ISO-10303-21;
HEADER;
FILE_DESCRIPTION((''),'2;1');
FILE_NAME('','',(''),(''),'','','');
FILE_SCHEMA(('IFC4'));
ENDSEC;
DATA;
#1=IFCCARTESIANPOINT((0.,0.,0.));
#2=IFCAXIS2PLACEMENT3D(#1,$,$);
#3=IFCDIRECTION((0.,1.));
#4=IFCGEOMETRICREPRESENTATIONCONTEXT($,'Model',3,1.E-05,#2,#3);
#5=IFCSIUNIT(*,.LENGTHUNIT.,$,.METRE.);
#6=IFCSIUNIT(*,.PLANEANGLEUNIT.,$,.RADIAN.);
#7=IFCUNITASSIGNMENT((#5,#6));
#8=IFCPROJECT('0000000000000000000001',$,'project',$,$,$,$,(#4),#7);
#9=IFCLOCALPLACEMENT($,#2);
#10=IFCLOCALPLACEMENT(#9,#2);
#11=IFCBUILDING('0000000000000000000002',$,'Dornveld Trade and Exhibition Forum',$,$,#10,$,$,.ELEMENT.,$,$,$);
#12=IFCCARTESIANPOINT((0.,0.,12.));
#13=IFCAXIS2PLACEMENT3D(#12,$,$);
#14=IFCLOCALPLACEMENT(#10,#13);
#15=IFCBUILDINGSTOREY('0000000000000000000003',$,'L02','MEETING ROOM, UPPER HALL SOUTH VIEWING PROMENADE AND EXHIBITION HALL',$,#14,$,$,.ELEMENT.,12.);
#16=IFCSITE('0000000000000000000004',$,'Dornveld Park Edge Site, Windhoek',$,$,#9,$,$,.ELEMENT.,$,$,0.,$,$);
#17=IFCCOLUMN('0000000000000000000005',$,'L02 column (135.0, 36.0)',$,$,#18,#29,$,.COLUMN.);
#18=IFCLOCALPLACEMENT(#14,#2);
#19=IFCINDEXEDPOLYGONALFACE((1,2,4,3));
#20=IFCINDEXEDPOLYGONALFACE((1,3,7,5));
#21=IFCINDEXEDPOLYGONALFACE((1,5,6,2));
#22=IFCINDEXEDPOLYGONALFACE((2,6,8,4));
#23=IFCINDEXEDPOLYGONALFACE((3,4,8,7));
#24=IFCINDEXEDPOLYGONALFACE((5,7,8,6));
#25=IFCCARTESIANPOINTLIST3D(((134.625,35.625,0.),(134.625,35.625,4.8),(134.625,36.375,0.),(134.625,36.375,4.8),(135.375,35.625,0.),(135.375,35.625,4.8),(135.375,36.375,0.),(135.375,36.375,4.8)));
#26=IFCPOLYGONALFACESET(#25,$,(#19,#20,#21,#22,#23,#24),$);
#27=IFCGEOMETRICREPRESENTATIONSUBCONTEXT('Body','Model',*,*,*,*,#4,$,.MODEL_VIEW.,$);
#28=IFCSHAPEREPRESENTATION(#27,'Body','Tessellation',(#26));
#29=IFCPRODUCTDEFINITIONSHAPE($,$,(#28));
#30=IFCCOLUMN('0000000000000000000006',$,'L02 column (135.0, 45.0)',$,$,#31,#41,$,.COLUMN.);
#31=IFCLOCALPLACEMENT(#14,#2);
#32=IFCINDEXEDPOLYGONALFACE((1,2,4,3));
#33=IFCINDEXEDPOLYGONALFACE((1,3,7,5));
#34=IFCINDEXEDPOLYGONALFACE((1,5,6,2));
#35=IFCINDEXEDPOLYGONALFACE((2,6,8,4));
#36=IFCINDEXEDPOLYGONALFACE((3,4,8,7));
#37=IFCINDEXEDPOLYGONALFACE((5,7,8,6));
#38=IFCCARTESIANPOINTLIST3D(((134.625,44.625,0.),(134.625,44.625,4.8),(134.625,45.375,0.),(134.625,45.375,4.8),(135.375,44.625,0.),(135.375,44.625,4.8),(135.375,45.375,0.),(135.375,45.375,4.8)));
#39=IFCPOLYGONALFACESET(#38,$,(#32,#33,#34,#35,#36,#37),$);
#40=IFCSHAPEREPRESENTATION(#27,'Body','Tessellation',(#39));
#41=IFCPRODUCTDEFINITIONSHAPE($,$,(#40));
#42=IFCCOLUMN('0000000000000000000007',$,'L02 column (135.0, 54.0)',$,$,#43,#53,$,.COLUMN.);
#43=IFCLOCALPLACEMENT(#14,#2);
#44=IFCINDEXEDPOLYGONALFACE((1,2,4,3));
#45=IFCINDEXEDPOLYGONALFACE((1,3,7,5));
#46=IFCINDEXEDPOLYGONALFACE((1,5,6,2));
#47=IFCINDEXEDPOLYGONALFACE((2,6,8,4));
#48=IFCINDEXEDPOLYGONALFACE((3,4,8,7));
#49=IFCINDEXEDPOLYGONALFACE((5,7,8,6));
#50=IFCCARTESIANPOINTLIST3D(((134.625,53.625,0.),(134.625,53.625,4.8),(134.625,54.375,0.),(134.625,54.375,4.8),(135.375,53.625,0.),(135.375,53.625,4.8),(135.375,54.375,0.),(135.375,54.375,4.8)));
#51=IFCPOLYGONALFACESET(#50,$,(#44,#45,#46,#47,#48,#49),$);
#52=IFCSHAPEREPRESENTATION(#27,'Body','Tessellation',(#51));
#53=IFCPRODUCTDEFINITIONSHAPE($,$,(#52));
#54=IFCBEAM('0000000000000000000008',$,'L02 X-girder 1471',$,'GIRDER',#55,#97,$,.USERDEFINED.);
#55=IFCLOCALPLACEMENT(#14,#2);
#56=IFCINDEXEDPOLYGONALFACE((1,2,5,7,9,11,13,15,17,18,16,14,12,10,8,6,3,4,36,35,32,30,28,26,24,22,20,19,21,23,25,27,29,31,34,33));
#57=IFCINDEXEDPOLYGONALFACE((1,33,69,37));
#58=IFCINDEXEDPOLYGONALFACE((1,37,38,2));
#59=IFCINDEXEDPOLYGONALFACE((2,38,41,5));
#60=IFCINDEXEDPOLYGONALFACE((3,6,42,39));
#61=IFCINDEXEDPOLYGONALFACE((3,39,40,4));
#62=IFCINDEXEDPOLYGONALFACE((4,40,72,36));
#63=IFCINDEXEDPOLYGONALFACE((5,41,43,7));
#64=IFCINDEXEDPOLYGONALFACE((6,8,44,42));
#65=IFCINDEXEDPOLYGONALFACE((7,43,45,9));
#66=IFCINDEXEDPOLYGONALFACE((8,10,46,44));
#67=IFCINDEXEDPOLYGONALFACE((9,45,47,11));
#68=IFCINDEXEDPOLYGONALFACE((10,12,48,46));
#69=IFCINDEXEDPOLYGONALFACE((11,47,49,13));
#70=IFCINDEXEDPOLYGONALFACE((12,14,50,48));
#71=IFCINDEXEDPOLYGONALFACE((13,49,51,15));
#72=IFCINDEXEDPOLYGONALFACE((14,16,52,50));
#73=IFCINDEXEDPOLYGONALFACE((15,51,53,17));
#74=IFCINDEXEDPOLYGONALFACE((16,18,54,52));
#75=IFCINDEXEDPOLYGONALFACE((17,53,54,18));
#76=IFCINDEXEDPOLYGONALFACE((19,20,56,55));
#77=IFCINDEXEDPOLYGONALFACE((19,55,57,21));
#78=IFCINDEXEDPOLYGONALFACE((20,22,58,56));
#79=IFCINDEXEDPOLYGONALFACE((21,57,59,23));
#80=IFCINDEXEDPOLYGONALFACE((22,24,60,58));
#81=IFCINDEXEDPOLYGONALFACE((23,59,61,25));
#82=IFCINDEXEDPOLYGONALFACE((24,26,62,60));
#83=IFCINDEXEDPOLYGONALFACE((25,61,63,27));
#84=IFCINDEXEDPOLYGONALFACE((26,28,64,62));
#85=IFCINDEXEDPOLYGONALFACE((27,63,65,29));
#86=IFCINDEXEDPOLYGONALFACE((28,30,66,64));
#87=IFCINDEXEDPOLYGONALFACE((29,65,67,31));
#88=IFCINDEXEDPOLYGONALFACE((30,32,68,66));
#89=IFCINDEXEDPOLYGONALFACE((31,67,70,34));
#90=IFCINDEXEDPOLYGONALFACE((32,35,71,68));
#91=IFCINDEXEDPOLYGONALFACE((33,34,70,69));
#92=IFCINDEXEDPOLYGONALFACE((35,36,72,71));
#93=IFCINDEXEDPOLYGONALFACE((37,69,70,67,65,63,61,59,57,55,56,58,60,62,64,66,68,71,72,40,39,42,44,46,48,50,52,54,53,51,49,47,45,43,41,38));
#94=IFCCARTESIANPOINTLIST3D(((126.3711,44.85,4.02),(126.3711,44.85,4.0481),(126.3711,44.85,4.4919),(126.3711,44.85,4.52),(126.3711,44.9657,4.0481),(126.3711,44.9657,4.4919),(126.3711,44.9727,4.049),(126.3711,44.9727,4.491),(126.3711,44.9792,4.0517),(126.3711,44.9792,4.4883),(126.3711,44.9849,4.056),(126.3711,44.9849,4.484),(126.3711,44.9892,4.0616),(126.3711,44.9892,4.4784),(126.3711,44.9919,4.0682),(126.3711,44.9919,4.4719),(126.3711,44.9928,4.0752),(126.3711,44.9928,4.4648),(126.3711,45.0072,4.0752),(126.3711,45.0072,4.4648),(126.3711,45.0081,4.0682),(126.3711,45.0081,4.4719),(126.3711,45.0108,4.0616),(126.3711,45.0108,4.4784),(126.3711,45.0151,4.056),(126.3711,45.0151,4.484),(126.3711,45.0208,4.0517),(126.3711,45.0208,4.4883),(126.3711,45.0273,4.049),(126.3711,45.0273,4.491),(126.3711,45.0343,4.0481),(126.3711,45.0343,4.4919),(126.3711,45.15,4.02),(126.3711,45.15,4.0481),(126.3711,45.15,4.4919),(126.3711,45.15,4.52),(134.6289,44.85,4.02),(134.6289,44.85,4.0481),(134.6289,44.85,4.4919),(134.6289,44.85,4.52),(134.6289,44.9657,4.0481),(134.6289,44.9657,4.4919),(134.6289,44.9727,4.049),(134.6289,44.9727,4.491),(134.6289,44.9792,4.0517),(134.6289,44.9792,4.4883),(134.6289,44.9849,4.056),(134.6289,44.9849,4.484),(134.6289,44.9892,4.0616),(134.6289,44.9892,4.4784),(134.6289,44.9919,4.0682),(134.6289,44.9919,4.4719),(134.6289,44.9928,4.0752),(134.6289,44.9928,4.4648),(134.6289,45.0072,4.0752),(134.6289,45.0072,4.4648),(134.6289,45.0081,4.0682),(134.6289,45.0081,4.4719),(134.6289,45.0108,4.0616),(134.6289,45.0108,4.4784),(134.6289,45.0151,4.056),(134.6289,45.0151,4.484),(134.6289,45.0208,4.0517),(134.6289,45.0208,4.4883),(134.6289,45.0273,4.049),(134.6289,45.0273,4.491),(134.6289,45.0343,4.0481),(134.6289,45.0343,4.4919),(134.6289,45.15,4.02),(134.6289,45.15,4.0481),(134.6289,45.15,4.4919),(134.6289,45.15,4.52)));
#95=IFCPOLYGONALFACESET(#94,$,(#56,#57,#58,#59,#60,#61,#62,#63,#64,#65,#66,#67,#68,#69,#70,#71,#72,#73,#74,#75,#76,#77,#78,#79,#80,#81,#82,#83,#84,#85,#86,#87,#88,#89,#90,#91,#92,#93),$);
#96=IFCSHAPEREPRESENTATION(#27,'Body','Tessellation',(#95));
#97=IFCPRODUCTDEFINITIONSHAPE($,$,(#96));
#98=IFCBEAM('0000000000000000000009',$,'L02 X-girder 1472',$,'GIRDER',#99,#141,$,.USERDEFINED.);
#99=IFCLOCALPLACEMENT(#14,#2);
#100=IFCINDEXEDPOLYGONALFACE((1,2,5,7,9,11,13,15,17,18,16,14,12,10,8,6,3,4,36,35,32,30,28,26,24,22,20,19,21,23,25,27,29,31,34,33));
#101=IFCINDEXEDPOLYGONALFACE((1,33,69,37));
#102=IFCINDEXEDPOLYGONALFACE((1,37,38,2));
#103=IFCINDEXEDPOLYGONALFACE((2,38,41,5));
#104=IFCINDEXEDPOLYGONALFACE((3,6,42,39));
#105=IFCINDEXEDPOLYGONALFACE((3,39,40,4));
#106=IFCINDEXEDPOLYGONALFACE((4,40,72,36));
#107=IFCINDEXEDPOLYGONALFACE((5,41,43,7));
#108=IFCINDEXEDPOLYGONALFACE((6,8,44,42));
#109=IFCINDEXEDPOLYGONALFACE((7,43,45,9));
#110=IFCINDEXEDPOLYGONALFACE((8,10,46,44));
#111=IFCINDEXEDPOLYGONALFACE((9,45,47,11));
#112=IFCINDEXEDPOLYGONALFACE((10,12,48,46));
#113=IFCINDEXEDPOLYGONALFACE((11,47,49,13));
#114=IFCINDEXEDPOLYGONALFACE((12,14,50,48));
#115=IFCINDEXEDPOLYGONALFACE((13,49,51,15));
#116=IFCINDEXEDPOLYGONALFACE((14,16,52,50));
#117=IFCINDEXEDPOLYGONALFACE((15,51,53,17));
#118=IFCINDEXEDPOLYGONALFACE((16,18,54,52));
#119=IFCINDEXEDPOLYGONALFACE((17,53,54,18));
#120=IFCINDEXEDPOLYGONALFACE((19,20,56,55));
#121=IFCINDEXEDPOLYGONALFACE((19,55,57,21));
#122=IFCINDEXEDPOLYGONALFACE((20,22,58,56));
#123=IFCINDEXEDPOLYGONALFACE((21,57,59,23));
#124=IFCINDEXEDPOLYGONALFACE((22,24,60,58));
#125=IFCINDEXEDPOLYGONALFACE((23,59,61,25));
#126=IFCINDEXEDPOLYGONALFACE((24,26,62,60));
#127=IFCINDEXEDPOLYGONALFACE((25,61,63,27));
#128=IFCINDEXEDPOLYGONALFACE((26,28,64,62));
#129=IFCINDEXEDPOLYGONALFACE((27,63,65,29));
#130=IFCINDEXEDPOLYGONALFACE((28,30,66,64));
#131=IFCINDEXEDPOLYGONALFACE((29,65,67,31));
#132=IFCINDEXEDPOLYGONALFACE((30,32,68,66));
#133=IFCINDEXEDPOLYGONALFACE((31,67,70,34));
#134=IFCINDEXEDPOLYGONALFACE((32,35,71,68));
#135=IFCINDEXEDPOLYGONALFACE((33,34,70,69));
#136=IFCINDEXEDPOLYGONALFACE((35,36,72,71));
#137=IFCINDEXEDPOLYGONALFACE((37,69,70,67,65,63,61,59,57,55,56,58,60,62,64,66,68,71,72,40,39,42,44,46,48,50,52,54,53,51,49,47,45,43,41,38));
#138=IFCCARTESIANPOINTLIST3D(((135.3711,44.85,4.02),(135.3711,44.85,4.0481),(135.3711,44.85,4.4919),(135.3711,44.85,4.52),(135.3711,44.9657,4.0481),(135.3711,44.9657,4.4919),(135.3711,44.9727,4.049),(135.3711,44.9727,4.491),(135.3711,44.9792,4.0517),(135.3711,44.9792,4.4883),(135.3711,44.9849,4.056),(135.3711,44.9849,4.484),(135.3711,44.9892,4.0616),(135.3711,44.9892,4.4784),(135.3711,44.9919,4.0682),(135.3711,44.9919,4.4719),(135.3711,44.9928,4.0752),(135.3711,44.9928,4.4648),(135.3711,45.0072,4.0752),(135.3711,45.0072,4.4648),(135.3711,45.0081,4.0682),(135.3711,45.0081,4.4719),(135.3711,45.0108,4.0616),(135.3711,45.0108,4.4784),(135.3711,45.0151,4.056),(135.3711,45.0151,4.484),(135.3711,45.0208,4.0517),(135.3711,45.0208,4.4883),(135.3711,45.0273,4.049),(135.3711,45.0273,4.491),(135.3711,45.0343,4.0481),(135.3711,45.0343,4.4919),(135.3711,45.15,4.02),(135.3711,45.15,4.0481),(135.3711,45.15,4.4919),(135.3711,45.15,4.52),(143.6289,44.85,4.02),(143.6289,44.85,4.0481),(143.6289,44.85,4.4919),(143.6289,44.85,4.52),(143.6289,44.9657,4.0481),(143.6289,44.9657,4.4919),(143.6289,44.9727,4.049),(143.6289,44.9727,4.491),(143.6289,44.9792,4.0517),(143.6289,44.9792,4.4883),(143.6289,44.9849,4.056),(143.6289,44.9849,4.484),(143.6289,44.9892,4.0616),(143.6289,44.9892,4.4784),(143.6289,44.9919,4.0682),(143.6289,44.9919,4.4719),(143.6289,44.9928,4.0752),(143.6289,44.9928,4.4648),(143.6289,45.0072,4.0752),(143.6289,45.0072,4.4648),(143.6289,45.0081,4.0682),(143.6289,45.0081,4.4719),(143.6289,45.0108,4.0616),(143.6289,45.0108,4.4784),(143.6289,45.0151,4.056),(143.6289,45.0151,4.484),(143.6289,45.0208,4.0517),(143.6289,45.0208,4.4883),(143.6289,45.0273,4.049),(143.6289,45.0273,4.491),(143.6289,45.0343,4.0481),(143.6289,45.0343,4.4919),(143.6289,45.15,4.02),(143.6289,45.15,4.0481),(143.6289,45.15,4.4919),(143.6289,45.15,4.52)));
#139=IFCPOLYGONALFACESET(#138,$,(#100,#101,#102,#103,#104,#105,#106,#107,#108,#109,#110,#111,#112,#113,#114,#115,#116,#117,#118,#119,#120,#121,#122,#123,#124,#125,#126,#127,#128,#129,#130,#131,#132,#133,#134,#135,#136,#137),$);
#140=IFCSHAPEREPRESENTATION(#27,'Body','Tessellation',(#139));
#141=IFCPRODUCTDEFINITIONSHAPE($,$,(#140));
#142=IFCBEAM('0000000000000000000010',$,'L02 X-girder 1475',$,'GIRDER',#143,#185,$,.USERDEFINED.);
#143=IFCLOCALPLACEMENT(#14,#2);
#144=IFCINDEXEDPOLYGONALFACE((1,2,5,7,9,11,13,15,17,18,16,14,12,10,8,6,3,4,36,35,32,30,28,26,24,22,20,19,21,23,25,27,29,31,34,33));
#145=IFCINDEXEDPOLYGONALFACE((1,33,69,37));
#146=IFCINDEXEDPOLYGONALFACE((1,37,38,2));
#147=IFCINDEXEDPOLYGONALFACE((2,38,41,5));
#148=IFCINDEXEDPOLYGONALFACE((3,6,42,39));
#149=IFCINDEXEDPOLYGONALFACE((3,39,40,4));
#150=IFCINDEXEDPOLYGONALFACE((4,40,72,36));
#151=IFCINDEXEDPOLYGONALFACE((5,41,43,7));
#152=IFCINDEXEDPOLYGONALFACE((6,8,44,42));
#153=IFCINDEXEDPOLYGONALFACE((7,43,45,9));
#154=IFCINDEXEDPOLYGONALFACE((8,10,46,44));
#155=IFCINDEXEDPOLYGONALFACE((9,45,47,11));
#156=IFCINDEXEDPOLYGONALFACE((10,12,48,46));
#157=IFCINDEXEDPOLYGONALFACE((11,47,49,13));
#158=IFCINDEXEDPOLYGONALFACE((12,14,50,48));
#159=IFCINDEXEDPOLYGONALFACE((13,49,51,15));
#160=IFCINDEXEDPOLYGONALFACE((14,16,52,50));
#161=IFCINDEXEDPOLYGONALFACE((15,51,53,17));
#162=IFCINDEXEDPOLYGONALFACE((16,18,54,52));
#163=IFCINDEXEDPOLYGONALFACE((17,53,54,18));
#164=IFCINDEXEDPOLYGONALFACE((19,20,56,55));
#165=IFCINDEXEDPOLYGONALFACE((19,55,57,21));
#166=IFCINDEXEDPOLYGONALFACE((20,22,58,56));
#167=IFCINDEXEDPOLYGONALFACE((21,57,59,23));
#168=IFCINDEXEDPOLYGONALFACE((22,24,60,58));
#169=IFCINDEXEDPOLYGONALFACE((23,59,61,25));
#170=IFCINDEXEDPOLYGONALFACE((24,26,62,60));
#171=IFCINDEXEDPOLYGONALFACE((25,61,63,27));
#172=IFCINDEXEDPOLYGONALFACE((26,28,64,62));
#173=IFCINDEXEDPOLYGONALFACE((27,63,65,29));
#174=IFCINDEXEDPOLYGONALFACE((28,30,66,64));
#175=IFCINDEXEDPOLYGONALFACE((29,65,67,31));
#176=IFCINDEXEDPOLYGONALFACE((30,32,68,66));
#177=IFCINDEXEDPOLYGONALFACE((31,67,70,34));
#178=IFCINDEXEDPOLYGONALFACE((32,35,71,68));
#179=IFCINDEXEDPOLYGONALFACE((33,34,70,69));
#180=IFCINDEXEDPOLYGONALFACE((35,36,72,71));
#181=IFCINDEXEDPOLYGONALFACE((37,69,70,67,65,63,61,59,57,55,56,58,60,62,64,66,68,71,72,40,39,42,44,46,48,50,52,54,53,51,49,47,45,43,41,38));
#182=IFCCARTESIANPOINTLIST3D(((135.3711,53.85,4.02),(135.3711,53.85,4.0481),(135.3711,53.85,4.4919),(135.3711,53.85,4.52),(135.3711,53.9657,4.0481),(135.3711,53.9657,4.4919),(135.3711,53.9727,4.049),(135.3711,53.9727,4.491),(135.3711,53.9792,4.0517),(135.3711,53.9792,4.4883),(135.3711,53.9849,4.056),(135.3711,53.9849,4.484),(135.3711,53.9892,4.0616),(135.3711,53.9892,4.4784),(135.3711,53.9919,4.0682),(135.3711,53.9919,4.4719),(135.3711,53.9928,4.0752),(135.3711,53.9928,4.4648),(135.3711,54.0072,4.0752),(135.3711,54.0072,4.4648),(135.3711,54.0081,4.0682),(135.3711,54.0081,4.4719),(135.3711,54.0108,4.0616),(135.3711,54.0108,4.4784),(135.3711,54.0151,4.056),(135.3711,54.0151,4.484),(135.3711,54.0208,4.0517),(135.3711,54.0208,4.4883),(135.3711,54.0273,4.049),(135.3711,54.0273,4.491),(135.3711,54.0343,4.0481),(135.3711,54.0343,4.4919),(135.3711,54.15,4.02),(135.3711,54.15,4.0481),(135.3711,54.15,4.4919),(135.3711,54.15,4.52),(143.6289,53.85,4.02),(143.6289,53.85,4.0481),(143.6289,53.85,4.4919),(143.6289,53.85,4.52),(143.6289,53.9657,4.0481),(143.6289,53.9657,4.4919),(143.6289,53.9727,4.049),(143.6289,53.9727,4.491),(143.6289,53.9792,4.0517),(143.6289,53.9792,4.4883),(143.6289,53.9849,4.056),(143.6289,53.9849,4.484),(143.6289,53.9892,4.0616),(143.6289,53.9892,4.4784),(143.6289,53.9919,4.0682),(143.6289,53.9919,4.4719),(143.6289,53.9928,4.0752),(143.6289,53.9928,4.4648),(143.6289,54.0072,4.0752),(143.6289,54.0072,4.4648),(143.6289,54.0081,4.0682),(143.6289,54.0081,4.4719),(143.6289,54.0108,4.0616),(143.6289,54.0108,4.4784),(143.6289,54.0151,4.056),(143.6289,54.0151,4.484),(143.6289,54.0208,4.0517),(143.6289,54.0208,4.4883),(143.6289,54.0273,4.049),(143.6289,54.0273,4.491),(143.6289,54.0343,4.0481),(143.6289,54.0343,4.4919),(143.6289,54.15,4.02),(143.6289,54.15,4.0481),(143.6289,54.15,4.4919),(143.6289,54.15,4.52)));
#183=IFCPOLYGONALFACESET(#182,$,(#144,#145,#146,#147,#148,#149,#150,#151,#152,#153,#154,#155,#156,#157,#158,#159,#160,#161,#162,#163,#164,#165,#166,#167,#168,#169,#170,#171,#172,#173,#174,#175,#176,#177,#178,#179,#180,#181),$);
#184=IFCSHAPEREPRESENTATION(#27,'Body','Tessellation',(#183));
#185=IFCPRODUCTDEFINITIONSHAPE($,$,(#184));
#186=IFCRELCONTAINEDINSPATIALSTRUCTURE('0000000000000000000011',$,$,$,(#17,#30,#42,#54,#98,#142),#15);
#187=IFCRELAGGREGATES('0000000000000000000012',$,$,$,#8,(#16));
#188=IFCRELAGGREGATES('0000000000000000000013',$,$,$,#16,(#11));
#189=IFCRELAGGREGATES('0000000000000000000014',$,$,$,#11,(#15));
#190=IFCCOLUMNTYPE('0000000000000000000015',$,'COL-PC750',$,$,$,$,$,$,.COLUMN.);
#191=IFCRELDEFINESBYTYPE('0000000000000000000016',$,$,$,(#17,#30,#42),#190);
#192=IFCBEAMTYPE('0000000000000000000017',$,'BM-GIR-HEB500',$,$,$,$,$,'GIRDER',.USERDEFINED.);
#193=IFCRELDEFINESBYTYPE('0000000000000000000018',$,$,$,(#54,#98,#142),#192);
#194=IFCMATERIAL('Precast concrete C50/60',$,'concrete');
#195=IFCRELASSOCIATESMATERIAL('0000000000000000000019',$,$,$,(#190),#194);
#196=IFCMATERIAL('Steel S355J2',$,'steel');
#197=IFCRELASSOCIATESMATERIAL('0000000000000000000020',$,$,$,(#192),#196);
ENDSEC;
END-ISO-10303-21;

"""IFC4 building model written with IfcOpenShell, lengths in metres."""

from ifc_helpers import new_model, si_unit, direction, frame, origin, origin_2d, place, context, subcontext, project, spatial, rectangle, i_section, extrude, material, material_profile, profile_set, type_object, element, save


model = new_model("IFC4")

# Units and contexts
model_context = context("Model", 3, precision=1e-05, world=origin(), true_north=direction((0.0, 1.0)))
body_context = subcontext(model_context, "Body", "Model", "MODEL_VIEW")
ifc_project = project(units=[si_unit("LENGTHUNIT", "METRE"), si_unit("PLANEANGLEUNIT", "RADIAN")], contexts=[model_context])

# Site, building, storey
site_placement = place(None, origin())
site = spatial("IfcSite", under=ifc_project, at=site_placement, Name="Dornveld Park Edge Site, Windhoek", CompositionType="ELEMENT", RefElevation=0.0)
building_placement = place(site_placement, origin())
building = spatial("IfcBuilding", under=site, at=building_placement, Name="Dornveld Trade and Exhibition Forum", CompositionType="ELEMENT")
storey_placement = place(building_placement, frame((0.0, 0.0, 12.0)))
storey = spatial("IfcBuildingStorey", under=building, at=storey_placement, Name="L02", Description="MEETING ROOM, UPPER HALL SOUTH VIEWING PROMENADE AND EXHIBITION HALL", CompositionType="ELEMENT", Elevation=12.0)

# Columns
ifc_material_1 = material(Name="Precast concrete C50/60", Category="concrete")
ifc_material_profile_1 = material_profile(ifc_material_1, rectangle(XDim=0.75, YDim=0.75, at=origin_2d()), Name="PC-COL 750x750")
ifc_profile_set_1 = profile_set([ifc_material_profile_1], Name="Precast concrete C50/60")
column_type = type_object("IfcColumnType", Name="COL-PC750", PredefinedType="COLUMN", material=ifc_profile_set_1)
for number, where, z_axis, x_axis, name in (
    (1, (135.0, 36.0, 0.0), (0.0, 0.0, 1.0), (1.0, 0.0, 0.0), "L02 column (135.0, 36.0)"),
    (2, (135.0, 45.0, 0.0), (0.0, 0.0, 1.0), (1.0, 0.0, 0.0), "L02 column (135.0, 45.0)"),
    (3, (135.0, 54.0, 0.0), (0.0, 0.0, 1.0), (1.0, 0.0, 0.0), "L02 column (135.0, 54.0)"),
):
    element("IfcColumn", number, at=place(storey_placement, frame(where, z_axis=z_axis, x_axis=x_axis)), inside=storey, type_object=column_type, Name=name, PredefinedType="COLUMN", context=body_context, shape_type="SweptSolid", body=[
        extrude(rectangle(XDim=0.75, YDim=0.75, at=origin_2d()), origin(), (0.0, 0.0, 1.0), 4.8),
    ])

# Beams
ifc_material_2 = material(Name="Steel S355J2", Category="steel")
ifc_material_profile_2 = material_profile(ifc_material_2, i_section(OverallWidth=0.3, OverallDepth=0.5, WebThickness=0.0144, FlangeThickness=0.0281, FilletRadius=0.0271, at=origin_2d()), Name="HEB 500")
ifc_profile_set_2 = profile_set([ifc_material_profile_2], Name="Steel S355J2")
beam_type_1 = type_object("IfcBeamType", Name="BM-GIR-HEB500", ElementType="GIRDER", PredefinedType="USERDEFINED", material=ifc_profile_set_2)
for number, where, z_axis, x_axis, name in (
    (4, (126.3711, 45.0, 4.27), (1.0, 0.0, 0.0), (0.0, 1.0, 0.0), "L02 X-girder 1471"),
    (5, (135.3711, 45.0, 4.27), (1.0, 0.0, 0.0), (0.0, 1.0, 0.0), "L02 X-girder 1472"),
    (6, (135.3711, 54.0, 4.27), (1.0, 0.0, 0.0), (0.0, 1.0, 0.0), "L02 X-girder 1475"),
):
    element("IfcBeam", number, at=place(storey_placement, frame(where, z_axis=z_axis, x_axis=x_axis)), inside=storey, type_object=beam_type_1, Name=name, ObjectType="GIRDER", PredefinedType="USERDEFINED", context=body_context, shape_type="SweptSolid", body=[
        extrude(i_section(OverallWidth=0.3, OverallDepth=0.5, WebThickness=0.0144, FlangeThickness=0.0281, FilletRadius=0.0271, at=origin_2d()), origin(), (0.0, 0.0, 1.0), 8.2578),
    ])

save(model, "model.ifc")
